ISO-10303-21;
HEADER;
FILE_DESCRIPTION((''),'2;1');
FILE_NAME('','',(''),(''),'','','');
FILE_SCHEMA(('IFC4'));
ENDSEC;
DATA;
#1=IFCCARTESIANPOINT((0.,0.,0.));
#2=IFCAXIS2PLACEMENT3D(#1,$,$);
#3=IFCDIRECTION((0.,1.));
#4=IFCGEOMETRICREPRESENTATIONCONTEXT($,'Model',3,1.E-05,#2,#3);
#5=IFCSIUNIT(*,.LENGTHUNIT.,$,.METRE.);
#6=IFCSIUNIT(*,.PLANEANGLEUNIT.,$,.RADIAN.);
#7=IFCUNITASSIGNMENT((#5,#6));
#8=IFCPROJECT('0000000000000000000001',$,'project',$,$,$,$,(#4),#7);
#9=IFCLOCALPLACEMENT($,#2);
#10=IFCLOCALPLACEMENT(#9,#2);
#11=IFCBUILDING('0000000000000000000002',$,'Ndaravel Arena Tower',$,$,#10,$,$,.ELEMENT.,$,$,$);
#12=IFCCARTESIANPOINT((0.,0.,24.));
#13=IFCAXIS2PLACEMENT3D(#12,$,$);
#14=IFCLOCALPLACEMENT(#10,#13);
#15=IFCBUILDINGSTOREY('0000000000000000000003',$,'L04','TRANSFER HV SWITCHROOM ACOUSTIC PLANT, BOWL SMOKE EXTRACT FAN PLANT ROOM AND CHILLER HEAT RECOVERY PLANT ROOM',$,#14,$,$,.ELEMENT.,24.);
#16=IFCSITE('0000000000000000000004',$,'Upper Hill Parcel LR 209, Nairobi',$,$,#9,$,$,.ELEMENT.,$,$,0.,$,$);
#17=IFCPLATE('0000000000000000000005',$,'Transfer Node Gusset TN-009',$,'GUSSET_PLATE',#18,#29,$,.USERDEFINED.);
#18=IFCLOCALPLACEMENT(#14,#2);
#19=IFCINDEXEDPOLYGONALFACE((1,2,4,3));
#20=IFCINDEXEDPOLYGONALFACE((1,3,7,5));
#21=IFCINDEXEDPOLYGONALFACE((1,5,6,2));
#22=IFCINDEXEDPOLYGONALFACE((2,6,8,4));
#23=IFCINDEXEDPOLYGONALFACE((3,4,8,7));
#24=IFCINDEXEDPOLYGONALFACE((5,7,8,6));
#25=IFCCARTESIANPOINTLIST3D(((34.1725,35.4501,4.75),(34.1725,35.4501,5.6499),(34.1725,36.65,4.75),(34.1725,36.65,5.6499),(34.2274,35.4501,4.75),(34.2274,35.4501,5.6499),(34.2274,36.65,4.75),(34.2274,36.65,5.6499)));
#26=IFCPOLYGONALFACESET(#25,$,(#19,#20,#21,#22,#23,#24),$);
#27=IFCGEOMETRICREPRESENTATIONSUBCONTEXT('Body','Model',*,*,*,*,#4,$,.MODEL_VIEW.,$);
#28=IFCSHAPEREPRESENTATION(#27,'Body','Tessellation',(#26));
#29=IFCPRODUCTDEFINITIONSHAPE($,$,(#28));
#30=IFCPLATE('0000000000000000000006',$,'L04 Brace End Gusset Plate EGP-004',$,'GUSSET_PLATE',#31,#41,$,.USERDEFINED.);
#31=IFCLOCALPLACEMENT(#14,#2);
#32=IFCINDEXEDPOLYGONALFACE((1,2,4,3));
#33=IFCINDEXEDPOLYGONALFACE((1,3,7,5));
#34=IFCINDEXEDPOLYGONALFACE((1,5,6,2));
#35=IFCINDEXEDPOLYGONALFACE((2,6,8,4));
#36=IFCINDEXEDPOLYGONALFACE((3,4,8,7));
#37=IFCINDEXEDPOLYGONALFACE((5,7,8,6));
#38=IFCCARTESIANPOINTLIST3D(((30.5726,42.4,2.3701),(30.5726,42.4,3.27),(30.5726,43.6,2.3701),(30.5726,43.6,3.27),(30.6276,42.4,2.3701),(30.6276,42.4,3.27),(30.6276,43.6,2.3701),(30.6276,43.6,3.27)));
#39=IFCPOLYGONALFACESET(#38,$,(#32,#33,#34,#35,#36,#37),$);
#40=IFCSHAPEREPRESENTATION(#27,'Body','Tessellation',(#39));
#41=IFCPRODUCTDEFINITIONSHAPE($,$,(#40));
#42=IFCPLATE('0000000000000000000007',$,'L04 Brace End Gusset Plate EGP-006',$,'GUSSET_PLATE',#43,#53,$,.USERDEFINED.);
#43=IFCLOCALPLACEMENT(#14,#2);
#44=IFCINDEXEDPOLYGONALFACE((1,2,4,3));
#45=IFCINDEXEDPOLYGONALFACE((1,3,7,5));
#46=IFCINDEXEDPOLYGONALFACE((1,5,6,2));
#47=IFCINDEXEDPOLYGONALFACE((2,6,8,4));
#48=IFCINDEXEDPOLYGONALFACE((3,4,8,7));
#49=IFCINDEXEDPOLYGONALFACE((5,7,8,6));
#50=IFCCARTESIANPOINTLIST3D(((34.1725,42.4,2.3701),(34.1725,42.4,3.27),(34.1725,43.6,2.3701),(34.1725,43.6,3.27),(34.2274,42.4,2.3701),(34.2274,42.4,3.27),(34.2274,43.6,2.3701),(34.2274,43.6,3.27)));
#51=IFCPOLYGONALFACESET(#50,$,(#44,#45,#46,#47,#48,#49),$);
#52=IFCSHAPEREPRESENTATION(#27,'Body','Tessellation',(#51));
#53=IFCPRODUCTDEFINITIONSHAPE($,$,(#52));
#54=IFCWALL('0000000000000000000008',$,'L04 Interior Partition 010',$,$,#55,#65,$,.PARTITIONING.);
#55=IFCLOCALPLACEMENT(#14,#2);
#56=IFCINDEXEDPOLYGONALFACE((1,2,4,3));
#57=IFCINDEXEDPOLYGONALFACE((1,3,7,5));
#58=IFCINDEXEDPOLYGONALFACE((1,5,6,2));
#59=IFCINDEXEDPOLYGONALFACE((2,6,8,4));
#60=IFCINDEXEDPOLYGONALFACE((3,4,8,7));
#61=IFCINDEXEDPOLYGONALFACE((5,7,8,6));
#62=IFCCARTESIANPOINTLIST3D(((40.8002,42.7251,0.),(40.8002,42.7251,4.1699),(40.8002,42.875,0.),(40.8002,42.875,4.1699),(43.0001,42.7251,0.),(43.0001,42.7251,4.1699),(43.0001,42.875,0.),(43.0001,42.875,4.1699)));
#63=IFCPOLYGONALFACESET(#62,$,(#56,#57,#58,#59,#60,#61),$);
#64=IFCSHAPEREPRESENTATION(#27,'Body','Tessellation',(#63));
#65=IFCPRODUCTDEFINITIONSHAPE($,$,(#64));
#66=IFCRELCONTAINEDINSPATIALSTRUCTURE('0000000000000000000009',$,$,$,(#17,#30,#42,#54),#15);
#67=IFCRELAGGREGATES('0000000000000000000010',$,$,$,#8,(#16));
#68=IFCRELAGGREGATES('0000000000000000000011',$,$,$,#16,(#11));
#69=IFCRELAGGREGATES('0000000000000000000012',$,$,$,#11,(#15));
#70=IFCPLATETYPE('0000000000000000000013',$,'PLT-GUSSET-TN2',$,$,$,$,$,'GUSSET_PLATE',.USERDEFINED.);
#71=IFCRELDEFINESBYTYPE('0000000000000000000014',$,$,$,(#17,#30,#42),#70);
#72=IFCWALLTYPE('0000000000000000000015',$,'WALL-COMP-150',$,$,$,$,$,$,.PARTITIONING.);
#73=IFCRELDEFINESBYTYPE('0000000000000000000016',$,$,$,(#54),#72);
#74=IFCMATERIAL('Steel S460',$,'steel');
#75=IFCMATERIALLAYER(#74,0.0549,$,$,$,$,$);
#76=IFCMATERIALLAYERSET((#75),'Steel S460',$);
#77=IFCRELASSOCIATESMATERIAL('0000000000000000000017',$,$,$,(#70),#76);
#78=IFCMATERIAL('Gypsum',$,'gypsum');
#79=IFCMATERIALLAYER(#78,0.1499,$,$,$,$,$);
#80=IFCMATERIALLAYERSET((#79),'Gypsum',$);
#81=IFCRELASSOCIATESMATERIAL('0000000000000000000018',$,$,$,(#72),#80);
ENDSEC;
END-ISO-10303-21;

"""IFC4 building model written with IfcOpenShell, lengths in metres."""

from ifc_helpers import new_model, si_unit, direction, frame, frame_2d, origin, origin_2d, place, context, subcontext, project, spatial, rectangle, extrude, material, layer, layer_set, type_object, element, save


model = new_model("IFC4")

# Units and contexts
model_context = context("Model", 3, precision=1e-05, world=origin(), true_north=direction((0.0, 1.0)))
body_context = subcontext(model_context, "Body", "Model", "MODEL_VIEW")
ifc_project = project(units=[si_unit("LENGTHUNIT", "METRE"), si_unit("PLANEANGLEUNIT", "RADIAN")], contexts=[model_context])

# Site, building, storey
site_placement = place(None, origin())
site = spatial("IfcSite", under=ifc_project, at=site_placement, Name="Upper Hill Parcel LR 209, Nairobi", CompositionType="ELEMENT", RefElevation=0.0)
building_placement = place(site_placement, origin())
building = spatial("IfcBuilding", under=site, at=building_placement, Name="Ndaravel Arena Tower", CompositionType="ELEMENT")
storey_placement = place(building_placement, frame((0.0, 0.0, 24.0)))
storey = spatial("IfcBuildingStorey", under=building, at=storey_placement, Name="L04", Description="TRANSFER HV SWITCHROOM ACOUSTIC PLANT, BOWL SMOKE EXTRACT FAN PLANT ROOM AND CHILLER HEAT RECOVERY PLANT ROOM", CompositionType="ELEMENT", Elevation=24.0)

# Plates
ifc_material_1 = material(Name="Steel S460", Category="steel")
ifc_layer_1 = layer(ifc_material_1, 0.0549)
ifc_layer_set_1 = layer_set([ifc_layer_1], Name="Steel S460")
plate_type_1 = type_object("IfcPlateType", Name="PLT-GUSSET-TN2", ElementType="GUSSET_PLATE", PredefinedType="USERDEFINED", material=ifc_layer_set_1)
for number, where, z_axis, x_axis, name in (
    (1, (34.2, 36.05, 4.75), (0.0, 0.0, 1.0), (1.0, 0.0, 0.0), "Transfer Node Gusset TN-009"),
    (2, (30.6001, 43.0, 2.3701), (0.0, 0.0, 1.0), (1.0, 0.0, 0.0), "L04 Brace End Gusset Plate EGP-004"),
    (3, (34.2, 43.0, 2.3701), (0.0, 0.0, 1.0), (1.0, 0.0, 0.0), "L04 Brace End Gusset Plate EGP-006"),
):
    element("IfcPlate", number, at=place(storey_placement, frame(where, z_axis=z_axis, x_axis=x_axis)), inside=storey, type_object=plate_type_1, Name=name, ObjectType="GUSSET_PLATE", PredefinedType="USERDEFINED", context=body_context, shape_type="SweptSolid", body=[
        extrude(rectangle(XDim=0.0549, YDim=1.2, at=origin_2d()), origin(), (0.0, 0.0, 1.0), 0.8999),
    ])

# Wall
ifc_material_2 = material(Name="Gypsum", Category="gypsum")
ifc_layer_2 = layer(ifc_material_2, 0.1499)
ifc_layer_set_2 = layer_set([ifc_layer_2], Name="Gypsum")
wall_type = type_object("IfcWallType", Name="WALL-COMP-150", PredefinedType="PARTITIONING", material=ifc_layer_set_2)
wall_placement = place(storey_placement, frame((40.8, 42.8, 0.0), z_axis=(0.0, 0.0, 1.0), x_axis=(1.0, 0.0, 0.0)))
element("IfcWall", 4, at=wall_placement, inside=storey, type_object=wall_type, Name="L04 Interior Partition 010", PredefinedType="PARTITIONING", context=body_context, shape_type="SweptSolid", body=[
    extrude(rectangle(XDim=2.2, YDim=0.1499, at=frame_2d((1.1001, 0.0))), origin(), (0.0, 0.0, 1.0), 4.1699),
])

save(model, "model.ifc")
